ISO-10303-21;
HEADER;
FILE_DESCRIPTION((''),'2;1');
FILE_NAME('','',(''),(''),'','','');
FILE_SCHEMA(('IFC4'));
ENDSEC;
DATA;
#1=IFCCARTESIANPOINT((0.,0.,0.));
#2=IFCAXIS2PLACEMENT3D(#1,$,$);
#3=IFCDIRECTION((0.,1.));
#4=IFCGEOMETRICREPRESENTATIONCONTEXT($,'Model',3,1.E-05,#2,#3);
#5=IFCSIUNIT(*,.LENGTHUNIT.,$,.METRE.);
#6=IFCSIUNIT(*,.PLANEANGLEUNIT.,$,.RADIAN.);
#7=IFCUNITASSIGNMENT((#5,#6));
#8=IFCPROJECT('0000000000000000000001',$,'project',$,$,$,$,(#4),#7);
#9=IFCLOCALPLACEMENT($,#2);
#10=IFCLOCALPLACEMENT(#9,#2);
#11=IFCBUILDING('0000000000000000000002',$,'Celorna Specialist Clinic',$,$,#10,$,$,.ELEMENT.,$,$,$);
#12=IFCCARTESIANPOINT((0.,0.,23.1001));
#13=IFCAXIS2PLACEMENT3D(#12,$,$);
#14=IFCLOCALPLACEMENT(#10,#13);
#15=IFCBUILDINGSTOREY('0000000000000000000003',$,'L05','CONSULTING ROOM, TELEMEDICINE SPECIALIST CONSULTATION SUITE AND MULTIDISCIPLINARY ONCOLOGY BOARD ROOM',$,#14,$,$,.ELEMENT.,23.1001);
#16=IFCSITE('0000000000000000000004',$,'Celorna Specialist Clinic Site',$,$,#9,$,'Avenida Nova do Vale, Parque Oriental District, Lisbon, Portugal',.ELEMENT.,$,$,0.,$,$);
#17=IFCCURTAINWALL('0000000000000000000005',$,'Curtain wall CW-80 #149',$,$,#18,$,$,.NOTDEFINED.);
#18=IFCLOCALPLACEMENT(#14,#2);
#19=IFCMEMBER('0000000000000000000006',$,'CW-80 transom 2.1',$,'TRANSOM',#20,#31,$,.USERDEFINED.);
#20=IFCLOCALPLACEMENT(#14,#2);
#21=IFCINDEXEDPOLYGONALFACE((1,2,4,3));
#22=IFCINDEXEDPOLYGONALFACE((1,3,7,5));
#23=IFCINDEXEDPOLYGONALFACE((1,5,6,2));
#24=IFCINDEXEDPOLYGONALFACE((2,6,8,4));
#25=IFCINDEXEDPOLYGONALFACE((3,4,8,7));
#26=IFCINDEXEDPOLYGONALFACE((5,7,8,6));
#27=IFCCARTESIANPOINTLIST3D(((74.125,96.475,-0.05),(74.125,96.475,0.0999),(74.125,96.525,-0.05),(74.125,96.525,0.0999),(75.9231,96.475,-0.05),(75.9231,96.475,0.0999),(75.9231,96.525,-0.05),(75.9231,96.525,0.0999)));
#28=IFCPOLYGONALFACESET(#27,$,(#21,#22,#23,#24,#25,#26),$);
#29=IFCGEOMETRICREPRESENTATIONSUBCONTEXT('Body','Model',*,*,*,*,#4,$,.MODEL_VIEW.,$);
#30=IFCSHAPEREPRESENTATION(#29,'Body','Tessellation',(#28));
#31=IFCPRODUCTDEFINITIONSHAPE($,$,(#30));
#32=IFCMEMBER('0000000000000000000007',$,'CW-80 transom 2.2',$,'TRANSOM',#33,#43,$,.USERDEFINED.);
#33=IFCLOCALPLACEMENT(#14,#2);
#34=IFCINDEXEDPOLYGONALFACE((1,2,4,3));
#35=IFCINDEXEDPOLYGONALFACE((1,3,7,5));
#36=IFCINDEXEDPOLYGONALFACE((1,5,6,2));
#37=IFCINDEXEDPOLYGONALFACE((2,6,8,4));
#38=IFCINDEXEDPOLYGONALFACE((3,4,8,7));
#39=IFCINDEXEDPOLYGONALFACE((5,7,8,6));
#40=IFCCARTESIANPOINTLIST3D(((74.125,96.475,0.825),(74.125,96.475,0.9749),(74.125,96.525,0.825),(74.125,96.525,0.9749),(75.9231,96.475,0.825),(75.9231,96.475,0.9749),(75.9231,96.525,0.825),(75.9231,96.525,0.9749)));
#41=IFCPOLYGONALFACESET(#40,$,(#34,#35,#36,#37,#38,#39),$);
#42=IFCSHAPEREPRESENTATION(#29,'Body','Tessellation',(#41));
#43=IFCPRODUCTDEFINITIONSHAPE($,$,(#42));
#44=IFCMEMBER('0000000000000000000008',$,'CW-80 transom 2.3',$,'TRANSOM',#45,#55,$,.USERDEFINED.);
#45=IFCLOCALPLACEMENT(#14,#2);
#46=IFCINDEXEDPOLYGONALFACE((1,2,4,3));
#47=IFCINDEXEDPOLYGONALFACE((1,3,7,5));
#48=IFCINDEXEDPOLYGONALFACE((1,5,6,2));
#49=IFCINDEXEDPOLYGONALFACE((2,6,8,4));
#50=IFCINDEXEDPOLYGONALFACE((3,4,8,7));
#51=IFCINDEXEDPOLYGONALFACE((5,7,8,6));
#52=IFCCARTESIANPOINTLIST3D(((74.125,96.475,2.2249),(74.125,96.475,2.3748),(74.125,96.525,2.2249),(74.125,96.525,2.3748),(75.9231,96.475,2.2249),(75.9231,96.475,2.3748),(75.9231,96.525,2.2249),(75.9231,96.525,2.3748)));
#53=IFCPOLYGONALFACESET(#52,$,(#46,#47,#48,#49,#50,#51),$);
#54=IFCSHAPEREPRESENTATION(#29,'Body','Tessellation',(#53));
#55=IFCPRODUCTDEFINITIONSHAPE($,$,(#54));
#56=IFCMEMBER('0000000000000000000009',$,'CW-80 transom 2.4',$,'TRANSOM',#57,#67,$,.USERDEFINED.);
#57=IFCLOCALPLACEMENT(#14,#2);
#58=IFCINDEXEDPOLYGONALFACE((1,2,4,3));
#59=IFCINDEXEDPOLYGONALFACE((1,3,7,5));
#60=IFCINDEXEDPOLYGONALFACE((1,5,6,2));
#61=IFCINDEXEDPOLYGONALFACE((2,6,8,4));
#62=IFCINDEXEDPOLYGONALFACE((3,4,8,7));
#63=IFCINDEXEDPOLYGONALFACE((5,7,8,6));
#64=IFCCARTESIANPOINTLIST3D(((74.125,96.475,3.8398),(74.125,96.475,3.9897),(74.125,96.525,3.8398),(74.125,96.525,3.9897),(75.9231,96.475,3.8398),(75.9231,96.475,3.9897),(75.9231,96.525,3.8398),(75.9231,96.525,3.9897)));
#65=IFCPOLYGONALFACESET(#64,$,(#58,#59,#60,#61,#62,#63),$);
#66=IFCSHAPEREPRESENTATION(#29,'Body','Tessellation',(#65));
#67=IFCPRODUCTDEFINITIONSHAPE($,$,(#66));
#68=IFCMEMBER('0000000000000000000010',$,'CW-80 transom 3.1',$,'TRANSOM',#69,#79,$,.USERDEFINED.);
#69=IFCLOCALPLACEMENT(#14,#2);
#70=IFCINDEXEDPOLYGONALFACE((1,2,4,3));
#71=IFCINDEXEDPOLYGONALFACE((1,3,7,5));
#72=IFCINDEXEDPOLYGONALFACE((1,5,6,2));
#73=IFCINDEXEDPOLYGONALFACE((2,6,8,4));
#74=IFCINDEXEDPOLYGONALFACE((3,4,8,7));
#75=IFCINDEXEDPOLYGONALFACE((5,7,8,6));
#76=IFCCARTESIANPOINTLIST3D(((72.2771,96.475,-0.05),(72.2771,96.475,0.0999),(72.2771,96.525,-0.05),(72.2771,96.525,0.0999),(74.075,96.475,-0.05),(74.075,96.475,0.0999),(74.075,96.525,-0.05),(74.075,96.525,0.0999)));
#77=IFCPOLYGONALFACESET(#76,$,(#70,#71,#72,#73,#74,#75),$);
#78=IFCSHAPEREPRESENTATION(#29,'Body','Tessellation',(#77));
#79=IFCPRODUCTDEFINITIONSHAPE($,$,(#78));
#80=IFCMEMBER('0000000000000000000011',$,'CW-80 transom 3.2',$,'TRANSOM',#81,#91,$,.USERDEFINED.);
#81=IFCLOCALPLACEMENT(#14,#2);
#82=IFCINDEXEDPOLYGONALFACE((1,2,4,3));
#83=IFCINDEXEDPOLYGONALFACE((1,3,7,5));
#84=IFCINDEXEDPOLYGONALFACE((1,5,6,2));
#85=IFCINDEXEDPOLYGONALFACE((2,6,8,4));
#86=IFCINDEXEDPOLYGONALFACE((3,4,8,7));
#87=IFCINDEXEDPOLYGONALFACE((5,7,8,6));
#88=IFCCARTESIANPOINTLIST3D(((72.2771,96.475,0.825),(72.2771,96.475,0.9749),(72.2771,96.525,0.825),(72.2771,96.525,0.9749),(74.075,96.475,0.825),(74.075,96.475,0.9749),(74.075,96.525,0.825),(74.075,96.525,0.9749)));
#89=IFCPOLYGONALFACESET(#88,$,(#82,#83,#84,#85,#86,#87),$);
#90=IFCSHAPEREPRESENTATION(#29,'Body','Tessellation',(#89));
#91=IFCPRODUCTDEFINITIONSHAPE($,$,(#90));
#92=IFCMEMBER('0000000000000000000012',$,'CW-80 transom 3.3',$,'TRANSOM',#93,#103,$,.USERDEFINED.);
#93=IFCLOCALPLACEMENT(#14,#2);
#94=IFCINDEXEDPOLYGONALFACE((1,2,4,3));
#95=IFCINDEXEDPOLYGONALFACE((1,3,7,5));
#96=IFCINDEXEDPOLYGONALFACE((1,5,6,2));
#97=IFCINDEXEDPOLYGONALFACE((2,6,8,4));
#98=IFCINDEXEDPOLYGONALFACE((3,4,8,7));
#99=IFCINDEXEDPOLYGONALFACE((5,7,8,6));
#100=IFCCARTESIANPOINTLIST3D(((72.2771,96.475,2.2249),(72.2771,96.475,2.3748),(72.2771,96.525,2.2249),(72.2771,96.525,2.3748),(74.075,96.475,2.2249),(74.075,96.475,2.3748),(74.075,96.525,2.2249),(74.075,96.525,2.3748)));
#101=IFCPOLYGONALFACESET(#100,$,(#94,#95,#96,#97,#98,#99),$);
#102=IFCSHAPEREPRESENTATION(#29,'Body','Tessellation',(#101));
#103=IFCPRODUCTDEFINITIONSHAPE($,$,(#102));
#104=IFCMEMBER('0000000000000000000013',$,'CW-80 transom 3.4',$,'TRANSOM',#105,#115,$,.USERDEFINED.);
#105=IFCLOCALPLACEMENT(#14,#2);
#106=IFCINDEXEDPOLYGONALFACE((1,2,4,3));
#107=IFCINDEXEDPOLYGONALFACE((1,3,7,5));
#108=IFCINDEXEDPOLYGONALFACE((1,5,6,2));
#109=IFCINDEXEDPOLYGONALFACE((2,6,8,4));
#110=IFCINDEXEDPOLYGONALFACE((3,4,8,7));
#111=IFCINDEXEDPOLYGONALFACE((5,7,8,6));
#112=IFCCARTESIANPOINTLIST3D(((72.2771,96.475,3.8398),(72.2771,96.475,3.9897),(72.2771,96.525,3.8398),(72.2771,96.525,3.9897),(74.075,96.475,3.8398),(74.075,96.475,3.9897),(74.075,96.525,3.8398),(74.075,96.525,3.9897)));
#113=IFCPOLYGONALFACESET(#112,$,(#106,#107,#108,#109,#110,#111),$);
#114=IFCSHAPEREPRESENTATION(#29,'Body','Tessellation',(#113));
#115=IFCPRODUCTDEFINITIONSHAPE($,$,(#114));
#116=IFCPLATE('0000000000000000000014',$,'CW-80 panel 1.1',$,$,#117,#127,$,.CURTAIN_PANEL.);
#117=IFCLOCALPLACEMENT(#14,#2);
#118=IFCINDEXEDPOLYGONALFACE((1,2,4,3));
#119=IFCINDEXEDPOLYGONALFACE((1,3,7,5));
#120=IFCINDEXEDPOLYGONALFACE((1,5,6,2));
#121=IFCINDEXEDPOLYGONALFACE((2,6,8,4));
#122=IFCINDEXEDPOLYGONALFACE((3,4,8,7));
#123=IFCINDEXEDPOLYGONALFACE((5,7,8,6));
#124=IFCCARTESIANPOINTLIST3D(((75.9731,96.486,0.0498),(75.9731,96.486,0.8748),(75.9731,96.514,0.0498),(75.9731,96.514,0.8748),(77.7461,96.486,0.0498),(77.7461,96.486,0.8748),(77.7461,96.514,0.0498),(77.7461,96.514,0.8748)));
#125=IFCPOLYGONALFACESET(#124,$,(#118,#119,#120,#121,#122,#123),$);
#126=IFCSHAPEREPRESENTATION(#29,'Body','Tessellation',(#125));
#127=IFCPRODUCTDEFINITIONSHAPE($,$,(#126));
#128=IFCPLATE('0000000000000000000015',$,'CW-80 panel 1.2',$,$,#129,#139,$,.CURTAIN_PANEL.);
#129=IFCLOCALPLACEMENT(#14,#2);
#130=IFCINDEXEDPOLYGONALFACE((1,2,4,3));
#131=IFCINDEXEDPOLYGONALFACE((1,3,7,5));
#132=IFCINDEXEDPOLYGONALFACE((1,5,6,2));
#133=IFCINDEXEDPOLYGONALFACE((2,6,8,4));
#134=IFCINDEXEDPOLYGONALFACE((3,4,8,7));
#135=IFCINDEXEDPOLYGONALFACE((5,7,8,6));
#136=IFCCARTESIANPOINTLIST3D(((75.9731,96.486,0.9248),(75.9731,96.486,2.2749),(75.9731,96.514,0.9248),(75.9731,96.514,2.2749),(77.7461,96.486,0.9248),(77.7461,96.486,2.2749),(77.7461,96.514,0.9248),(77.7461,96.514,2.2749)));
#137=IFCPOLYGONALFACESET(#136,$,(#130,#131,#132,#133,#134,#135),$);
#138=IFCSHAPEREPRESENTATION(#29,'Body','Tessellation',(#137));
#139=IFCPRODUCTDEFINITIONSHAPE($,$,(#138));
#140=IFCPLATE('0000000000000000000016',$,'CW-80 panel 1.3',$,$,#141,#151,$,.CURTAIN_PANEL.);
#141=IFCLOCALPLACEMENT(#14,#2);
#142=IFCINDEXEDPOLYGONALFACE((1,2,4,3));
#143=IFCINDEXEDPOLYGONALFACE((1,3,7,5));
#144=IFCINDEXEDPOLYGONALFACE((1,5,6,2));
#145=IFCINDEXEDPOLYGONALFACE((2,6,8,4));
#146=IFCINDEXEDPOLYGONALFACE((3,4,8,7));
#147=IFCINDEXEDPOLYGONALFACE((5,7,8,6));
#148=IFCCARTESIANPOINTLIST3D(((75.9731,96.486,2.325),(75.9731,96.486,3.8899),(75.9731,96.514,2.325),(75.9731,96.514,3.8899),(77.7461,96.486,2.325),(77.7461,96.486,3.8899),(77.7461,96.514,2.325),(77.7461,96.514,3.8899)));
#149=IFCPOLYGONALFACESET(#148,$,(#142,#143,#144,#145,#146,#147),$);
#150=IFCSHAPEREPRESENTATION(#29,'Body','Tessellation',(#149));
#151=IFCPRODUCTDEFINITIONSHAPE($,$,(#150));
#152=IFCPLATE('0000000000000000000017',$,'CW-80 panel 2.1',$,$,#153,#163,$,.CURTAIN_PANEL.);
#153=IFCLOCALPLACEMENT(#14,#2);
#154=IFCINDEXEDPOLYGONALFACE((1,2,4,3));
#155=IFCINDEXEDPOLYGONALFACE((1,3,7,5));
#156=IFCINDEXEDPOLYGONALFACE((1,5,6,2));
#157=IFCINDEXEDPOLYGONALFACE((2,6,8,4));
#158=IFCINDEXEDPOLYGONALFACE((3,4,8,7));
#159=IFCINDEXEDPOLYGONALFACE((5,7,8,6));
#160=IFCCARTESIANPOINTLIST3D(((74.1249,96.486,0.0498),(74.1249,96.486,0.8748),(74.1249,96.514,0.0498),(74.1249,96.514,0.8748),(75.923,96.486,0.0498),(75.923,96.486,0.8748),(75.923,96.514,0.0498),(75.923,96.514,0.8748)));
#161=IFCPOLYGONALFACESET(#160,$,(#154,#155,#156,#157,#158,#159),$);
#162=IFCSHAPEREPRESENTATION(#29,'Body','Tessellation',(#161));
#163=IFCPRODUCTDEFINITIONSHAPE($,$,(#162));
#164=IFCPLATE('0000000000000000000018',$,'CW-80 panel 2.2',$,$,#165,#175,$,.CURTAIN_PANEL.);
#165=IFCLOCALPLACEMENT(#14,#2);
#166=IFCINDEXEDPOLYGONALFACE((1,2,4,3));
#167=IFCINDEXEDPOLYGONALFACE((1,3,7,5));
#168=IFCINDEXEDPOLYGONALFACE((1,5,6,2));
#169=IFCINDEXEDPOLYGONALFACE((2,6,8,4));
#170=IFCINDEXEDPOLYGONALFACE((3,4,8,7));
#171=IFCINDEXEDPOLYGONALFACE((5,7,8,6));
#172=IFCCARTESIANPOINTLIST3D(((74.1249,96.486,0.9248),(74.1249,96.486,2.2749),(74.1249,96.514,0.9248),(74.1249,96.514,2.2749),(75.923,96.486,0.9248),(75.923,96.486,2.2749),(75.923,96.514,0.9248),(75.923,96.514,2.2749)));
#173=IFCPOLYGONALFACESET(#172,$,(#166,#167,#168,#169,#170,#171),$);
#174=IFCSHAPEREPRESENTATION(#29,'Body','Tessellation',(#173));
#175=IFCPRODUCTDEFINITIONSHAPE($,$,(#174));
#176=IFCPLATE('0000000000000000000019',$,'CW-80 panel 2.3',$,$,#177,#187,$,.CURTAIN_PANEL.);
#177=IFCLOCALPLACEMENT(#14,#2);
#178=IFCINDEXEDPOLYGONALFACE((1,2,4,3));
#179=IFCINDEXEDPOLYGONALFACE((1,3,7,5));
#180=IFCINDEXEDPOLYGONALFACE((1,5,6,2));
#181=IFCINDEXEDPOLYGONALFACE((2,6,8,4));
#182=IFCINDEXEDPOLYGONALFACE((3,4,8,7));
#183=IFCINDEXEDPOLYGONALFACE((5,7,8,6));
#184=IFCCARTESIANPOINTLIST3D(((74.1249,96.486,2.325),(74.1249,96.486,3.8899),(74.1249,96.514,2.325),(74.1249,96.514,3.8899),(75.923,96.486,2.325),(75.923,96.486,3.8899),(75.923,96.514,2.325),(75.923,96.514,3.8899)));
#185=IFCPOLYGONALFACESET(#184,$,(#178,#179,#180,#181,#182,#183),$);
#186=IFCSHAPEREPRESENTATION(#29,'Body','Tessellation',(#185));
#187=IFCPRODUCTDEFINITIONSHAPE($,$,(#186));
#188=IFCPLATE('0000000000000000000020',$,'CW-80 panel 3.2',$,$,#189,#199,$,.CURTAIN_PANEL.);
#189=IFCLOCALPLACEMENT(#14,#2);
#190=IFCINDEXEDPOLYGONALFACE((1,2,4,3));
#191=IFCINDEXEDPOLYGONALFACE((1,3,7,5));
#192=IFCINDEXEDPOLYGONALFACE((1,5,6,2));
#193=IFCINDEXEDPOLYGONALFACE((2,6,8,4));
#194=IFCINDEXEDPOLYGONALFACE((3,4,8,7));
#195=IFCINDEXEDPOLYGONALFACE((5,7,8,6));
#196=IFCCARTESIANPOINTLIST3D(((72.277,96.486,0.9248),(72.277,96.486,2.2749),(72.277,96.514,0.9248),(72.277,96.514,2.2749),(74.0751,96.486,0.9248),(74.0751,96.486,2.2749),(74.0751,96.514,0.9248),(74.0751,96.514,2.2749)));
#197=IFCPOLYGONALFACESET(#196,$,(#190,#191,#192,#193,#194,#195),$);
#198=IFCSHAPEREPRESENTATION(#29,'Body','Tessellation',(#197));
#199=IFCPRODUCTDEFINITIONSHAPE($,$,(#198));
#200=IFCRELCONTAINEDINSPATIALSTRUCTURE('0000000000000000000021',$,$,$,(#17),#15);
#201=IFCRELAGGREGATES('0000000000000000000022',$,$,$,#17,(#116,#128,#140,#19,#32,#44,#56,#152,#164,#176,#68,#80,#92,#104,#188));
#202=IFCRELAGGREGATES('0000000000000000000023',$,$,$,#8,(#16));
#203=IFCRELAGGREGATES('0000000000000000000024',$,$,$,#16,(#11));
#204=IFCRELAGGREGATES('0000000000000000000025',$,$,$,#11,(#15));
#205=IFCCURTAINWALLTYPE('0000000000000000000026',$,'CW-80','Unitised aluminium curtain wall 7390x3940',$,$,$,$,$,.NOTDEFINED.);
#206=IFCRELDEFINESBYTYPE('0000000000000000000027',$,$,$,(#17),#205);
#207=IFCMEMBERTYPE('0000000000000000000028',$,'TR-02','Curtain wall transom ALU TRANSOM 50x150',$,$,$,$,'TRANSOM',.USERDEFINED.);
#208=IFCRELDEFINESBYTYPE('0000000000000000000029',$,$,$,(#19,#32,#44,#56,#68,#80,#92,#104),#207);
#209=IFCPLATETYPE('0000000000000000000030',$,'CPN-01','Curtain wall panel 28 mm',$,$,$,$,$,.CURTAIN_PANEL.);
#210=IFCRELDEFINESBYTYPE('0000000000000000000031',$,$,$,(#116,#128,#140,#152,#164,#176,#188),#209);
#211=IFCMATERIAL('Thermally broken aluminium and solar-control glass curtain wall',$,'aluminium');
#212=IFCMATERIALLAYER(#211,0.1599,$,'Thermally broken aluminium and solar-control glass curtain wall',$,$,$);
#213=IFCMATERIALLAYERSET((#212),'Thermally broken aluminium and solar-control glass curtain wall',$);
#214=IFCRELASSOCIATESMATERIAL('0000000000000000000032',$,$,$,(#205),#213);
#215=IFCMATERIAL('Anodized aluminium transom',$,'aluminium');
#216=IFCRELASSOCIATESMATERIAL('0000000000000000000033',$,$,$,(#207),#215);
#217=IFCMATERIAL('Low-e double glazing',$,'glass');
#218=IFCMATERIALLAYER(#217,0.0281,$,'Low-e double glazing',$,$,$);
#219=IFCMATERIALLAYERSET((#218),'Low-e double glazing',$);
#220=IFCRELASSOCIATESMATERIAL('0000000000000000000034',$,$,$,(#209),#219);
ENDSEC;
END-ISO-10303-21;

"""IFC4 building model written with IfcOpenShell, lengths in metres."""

from ifc_helpers import new_model, si_unit, direction, frame, origin, origin_2d, place, context, subcontext, project, spatial, rectangle, extrude, material, layer, layer_set, material_profile, profile_set, type_object, element, aggregate, save


model = new_model("IFC4")

# Units and contexts
model_context = context("Model", 3, precision=1e-05, world=origin(), true_north=direction((0.0, 1.0)))
body_context = subcontext(model_context, "Body", "Model", "MODEL_VIEW")
ifc_project = project(units=[si_unit("LENGTHUNIT", "METRE"), si_unit("PLANEANGLEUNIT", "RADIAN")], contexts=[model_context])

# Site, building, storey
site_placement = place(None, origin())
site = spatial("IfcSite", under=ifc_project, at=site_placement, Name="Celorna Specialist Clinic Site", LongName="Avenida Nova do Vale, Parque Oriental District, Lisbon, Portugal", CompositionType="ELEMENT", RefElevation=0.0)
building_placement = place(site_placement, origin())
building = spatial("IfcBuilding", under=site, at=building_placement, Name="Celorna Specialist Clinic", CompositionType="ELEMENT")
storey_placement = place(building_placement, frame((0.0, 0.0, 23.1001)))
storey = spatial("IfcBuildingStorey", under=building, at=storey_placement, Name="L05", Description="CONSULTING ROOM, TELEMEDICINE SPECIALIST CONSULTATION SUITE AND MULTIDISCIPLINARY ONCOLOGY BOARD ROOM", CompositionType="ELEMENT", Elevation=23.1001)

# Curtain wall
ifc_material_1 = material(Name="Thermally broken aluminium and solar-control glass curtain wall", Category="aluminium")
ifc_layer_1 = layer(ifc_material_1, 0.1599, Name="Thermally broken aluminium and solar-control glass curtain wall")
ifc_layer_set_1 = layer_set([ifc_layer_1], Name="Thermally broken aluminium and solar-control glass curtain wall")
curtain_wall_type_1 = type_object("IfcCurtainWallType", Name="CW-80", Description="Unitised aluminium curtain wall 7390x3940", PredefinedType="NOTDEFINED", material=ifc_layer_set_1)
curtain_wall_1_placement = place(storey_placement, origin())
curtain_wall_1 = element("IfcCurtainWall", 1, at=curtain_wall_1_placement, inside=storey, type_object=curtain_wall_type_1, Name="Curtain wall CW-80 #149", PredefinedType="NOTDEFINED")
ifc_material_2 = material(Name="Anodized aluminium transom", Category="aluminium")

# Members
ifc_material_profile_1 = material_profile(ifc_material_2, rectangle(XDim=0.05, YDim=0.1499, at=origin_2d()), Name="ALU TRANSOM 50x150")
ifc_profile_set_1 = profile_set([ifc_material_profile_1], Name="Anodized aluminium transom")
member_type_1 = type_object("IfcMemberType", Name="TR-02", Description="Curtain wall transom ALU TRANSOM 50x150", ElementType="TRANSOM", PredefinedType="USERDEFINED", material=ifc_profile_set_1)
member_1_placement = place(storey_placement, frame((75.9231, 96.5, 0.0249), z_axis=(-1.0, 0.0, 0.0), x_axis=(0.0, -1.0, 0.0)))
member_1 = element("IfcMember", 2, at=member_1_placement, type_object=member_type_1, Name="CW-80 transom 2.1", ObjectType="TRANSOM", PredefinedType="USERDEFINED", context=body_context, shape_type="SweptSolid", body=[
    extrude(rectangle(XDim=0.05, YDim=0.1499, at=origin_2d()), origin(), (0.0, 0.0, 1.0), 1.7981),
])
member_2_placement = place(storey_placement, frame((75.9231, 96.5, 0.8999), z_axis=(-1.0, 0.0, 0.0), x_axis=(0.0, -1.0, 0.0)))
member_2 = element("IfcMember", 3, at=member_2_placement, type_object=member_type_1, Name="CW-80 transom 2.2", ObjectType="TRANSOM", PredefinedType="USERDEFINED", context=body_context, shape_type="SweptSolid", body=[
    extrude(rectangle(XDim=0.05, YDim=0.1499, at=origin_2d()), origin(), (0.0, 0.0, 1.0), 1.7981),
])
member_3_placement = place(storey_placement, frame((75.9231, 96.5, 2.2998), z_axis=(-1.0, 0.0, 0.0), x_axis=(0.0, -1.0, 0.0)))
member_3 = element("IfcMember", 4, at=member_3_placement, type_object=member_type_1, Name="CW-80 transom 2.3", ObjectType="TRANSOM", PredefinedType="USERDEFINED", context=body_context, shape_type="SweptSolid", body=[
    extrude(rectangle(XDim=0.05, YDim=0.1499, at=origin_2d()), origin(), (0.0, 0.0, 1.0), 1.7981),
])
member_4_placement = place(storey_placement, frame((75.9231, 96.5, 3.9148), z_axis=(-1.0, 0.0, 0.0), x_axis=(0.0, -1.0, 0.0)))
member_4 = element("IfcMember", 5, at=member_4_placement, type_object=member_type_1, Name="CW-80 transom 2.4", ObjectType="TRANSOM", PredefinedType="USERDEFINED", context=body_context, shape_type="SweptSolid", body=[
    extrude(rectangle(XDim=0.05, YDim=0.1499, at=origin_2d()), origin(), (0.0, 0.0, 1.0), 1.7981),
])
member_5_placement = place(storey_placement, frame((74.075, 96.5, 0.0249), z_axis=(-1.0, 0.0, 0.0), x_axis=(0.0, -1.0, 0.0)))
member_5 = element("IfcMember", 6, at=member_5_placement, type_object=member_type_1, Name="CW-80 transom 3.1", ObjectType="TRANSOM", PredefinedType="USERDEFINED", context=body_context, shape_type="SweptSolid", body=[
    extrude(rectangle(XDim=0.05, YDim=0.1499, at=origin_2d()), origin(), (0.0, 0.0, 1.0), 1.7979),
])
member_6_placement = place(storey_placement, frame((74.075, 96.5, 0.8999), z_axis=(-1.0, 0.0, 0.0), x_axis=(0.0, -1.0, 0.0)))
member_6 = element("IfcMember", 7, at=member_6_placement, type_object=member_type_1, Name="CW-80 transom 3.2", ObjectType="TRANSOM", PredefinedType="USERDEFINED", context=body_context, shape_type="SweptSolid", body=[
    extrude(rectangle(XDim=0.05, YDim=0.1499, at=origin_2d()), origin(), (0.0, 0.0, 1.0), 1.7979),
])
member_7_placement = place(storey_placement, frame((74.075, 96.5, 2.2998), z_axis=(-1.0, 0.0, 0.0), x_axis=(0.0, -1.0, 0.0)))
member_7 = element("IfcMember", 8, at=member_7_placement, type_object=member_type_1, Name="CW-80 transom 3.3", ObjectType="TRANSOM", PredefinedType="USERDEFINED", context=body_context, shape_type="SweptSolid", body=[
    extrude(rectangle(XDim=0.05, YDim=0.1499, at=origin_2d()), origin(), (0.0, 0.0, 1.0), 1.7979),
])
member_8_placement = place(storey_placement, frame((74.075, 96.5, 3.9148), z_axis=(-1.0, 0.0, 0.0), x_axis=(0.0, -1.0, 0.0)))
member_8 = element("IfcMember", 9, at=member_8_placement, type_object=member_type_1, Name="CW-80 transom 3.4", ObjectType="TRANSOM", PredefinedType="USERDEFINED", context=body_context, shape_type="SweptSolid", body=[
    extrude(rectangle(XDim=0.05, YDim=0.1499, at=origin_2d()), origin(), (0.0, 0.0, 1.0), 1.7979),
])

# Plates
ifc_material_3 = material(Name="Low-e double glazing", Category="glass")
ifc_layer_2 = layer(ifc_material_3, 0.0281, Name="Low-e double glazing")
ifc_layer_set_2 = layer_set([ifc_layer_2], Name="Low-e double glazing")
plate_type_1 = type_object("IfcPlateType", Name="CPN-01", Description="Curtain wall panel 28 mm", PredefinedType="CURTAIN_PANEL", material=ifc_layer_set_2)
plate_1_placement = place(storey_placement, frame((76.8596, 96.5, 0.0498), z_axis=(0.0, 0.0, 1.0), x_axis=(-1.0, 0.0, 0.0)))
plate_1 = element("IfcPlate", 10, at=plate_1_placement, type_object=plate_type_1, Name="CW-80 panel 1.1", PredefinedType="CURTAIN_PANEL", context=body_context, shape_type="SweptSolid", body=[
    extrude(rectangle(XDim=1.7729, YDim=0.0281, at=origin_2d()), origin(), (0.0, 0.0, 1.0), 0.825),
])
plate_2_placement = place(storey_placement, frame((76.8596, 96.5, 0.9248), z_axis=(0.0, 0.0, 1.0), x_axis=(-1.0, 0.0, 0.0)))
plate_2 = element("IfcPlate", 11, at=plate_2_placement, type_object=plate_type_1, Name="CW-80 panel 1.2", PredefinedType="CURTAIN_PANEL", context=body_context, shape_type="SweptSolid", body=[
    extrude(rectangle(XDim=1.7729, YDim=0.0281, at=origin_2d()), origin(), (0.0, 0.0, 1.0), 1.3501),
])
plate_3_placement = place(storey_placement, frame((76.8596, 96.5, 2.325), z_axis=(0.0, 0.0, 1.0), x_axis=(-1.0, 0.0, 0.0)))
plate_3 = element("IfcPlate", 12, at=plate_3_placement, type_object=plate_type_1, Name="CW-80 panel 1.3", PredefinedType="CURTAIN_PANEL", context=body_context, shape_type="SweptSolid", body=[
    extrude(rectangle(XDim=1.7729, YDim=0.0281, at=origin_2d()), origin(), (0.0, 0.0, 1.0), 1.5649),
])
plate_4_placement = place(storey_placement, frame((75.0239, 96.5, 0.0498), z_axis=(0.0, 0.0, 1.0), x_axis=(-1.0, 0.0, 0.0)))
plate_4 = element("IfcPlate", 13, at=plate_4_placement, type_object=plate_type_1, Name="CW-80 panel 2.1", PredefinedType="CURTAIN_PANEL", context=body_context, shape_type="SweptSolid", body=[
    extrude(rectangle(XDim=1.7981, YDim=0.0281, at=origin_2d()), origin(), (0.0, 0.0, 1.0), 0.825),
])
plate_5_placement = place(storey_placement, frame((75.0239, 96.5, 0.9248), z_axis=(0.0, 0.0, 1.0), x_axis=(-1.0, 0.0, 0.0)))
plate_5 = element("IfcPlate", 14, at=plate_5_placement, type_object=plate_type_1, Name="CW-80 panel 2.2", PredefinedType="CURTAIN_PANEL", context=body_context, shape_type="SweptSolid", body=[
    extrude(rectangle(XDim=1.7981, YDim=0.0281, at=origin_2d()), origin(), (0.0, 0.0, 1.0), 1.3501),
])
plate_6_placement = place(storey_placement, frame((75.0239, 96.5, 2.325), z_axis=(0.0, 0.0, 1.0), x_axis=(-1.0, 0.0, 0.0)))
plate_6 = element("IfcPlate", 15, at=plate_6_placement, type_object=plate_type_1, Name="CW-80 panel 2.3", PredefinedType="CURTAIN_PANEL", context=body_context, shape_type="SweptSolid", body=[
    extrude(rectangle(XDim=1.7981, YDim=0.0281, at=origin_2d()), origin(), (0.0, 0.0, 1.0), 1.5649),
])
plate_7_placement = place(storey_placement, frame((73.176, 96.5, 0.9248), z_axis=(0.0, 0.0, 1.0), x_axis=(-1.0, 0.0, 0.0)))
plate_7 = element("IfcPlate", 16, at=plate_7_placement, type_object=plate_type_1, Name="CW-80 panel 3.2", PredefinedType="CURTAIN_PANEL", context=body_context, shape_type="SweptSolid", body=[
    extrude(rectangle(XDim=1.7981, YDim=0.0281, at=origin_2d()), origin(), (0.0, 0.0, 1.0), 1.3501),
])
aggregate(curtain_wall_1, [plate_1, plate_2, plate_3, member_1, member_2, member_3, member_4, plate_4, plate_5, plate_6, member_5, member_6, member_7, member_8, plate_7])

save(model, "model.ifc")
